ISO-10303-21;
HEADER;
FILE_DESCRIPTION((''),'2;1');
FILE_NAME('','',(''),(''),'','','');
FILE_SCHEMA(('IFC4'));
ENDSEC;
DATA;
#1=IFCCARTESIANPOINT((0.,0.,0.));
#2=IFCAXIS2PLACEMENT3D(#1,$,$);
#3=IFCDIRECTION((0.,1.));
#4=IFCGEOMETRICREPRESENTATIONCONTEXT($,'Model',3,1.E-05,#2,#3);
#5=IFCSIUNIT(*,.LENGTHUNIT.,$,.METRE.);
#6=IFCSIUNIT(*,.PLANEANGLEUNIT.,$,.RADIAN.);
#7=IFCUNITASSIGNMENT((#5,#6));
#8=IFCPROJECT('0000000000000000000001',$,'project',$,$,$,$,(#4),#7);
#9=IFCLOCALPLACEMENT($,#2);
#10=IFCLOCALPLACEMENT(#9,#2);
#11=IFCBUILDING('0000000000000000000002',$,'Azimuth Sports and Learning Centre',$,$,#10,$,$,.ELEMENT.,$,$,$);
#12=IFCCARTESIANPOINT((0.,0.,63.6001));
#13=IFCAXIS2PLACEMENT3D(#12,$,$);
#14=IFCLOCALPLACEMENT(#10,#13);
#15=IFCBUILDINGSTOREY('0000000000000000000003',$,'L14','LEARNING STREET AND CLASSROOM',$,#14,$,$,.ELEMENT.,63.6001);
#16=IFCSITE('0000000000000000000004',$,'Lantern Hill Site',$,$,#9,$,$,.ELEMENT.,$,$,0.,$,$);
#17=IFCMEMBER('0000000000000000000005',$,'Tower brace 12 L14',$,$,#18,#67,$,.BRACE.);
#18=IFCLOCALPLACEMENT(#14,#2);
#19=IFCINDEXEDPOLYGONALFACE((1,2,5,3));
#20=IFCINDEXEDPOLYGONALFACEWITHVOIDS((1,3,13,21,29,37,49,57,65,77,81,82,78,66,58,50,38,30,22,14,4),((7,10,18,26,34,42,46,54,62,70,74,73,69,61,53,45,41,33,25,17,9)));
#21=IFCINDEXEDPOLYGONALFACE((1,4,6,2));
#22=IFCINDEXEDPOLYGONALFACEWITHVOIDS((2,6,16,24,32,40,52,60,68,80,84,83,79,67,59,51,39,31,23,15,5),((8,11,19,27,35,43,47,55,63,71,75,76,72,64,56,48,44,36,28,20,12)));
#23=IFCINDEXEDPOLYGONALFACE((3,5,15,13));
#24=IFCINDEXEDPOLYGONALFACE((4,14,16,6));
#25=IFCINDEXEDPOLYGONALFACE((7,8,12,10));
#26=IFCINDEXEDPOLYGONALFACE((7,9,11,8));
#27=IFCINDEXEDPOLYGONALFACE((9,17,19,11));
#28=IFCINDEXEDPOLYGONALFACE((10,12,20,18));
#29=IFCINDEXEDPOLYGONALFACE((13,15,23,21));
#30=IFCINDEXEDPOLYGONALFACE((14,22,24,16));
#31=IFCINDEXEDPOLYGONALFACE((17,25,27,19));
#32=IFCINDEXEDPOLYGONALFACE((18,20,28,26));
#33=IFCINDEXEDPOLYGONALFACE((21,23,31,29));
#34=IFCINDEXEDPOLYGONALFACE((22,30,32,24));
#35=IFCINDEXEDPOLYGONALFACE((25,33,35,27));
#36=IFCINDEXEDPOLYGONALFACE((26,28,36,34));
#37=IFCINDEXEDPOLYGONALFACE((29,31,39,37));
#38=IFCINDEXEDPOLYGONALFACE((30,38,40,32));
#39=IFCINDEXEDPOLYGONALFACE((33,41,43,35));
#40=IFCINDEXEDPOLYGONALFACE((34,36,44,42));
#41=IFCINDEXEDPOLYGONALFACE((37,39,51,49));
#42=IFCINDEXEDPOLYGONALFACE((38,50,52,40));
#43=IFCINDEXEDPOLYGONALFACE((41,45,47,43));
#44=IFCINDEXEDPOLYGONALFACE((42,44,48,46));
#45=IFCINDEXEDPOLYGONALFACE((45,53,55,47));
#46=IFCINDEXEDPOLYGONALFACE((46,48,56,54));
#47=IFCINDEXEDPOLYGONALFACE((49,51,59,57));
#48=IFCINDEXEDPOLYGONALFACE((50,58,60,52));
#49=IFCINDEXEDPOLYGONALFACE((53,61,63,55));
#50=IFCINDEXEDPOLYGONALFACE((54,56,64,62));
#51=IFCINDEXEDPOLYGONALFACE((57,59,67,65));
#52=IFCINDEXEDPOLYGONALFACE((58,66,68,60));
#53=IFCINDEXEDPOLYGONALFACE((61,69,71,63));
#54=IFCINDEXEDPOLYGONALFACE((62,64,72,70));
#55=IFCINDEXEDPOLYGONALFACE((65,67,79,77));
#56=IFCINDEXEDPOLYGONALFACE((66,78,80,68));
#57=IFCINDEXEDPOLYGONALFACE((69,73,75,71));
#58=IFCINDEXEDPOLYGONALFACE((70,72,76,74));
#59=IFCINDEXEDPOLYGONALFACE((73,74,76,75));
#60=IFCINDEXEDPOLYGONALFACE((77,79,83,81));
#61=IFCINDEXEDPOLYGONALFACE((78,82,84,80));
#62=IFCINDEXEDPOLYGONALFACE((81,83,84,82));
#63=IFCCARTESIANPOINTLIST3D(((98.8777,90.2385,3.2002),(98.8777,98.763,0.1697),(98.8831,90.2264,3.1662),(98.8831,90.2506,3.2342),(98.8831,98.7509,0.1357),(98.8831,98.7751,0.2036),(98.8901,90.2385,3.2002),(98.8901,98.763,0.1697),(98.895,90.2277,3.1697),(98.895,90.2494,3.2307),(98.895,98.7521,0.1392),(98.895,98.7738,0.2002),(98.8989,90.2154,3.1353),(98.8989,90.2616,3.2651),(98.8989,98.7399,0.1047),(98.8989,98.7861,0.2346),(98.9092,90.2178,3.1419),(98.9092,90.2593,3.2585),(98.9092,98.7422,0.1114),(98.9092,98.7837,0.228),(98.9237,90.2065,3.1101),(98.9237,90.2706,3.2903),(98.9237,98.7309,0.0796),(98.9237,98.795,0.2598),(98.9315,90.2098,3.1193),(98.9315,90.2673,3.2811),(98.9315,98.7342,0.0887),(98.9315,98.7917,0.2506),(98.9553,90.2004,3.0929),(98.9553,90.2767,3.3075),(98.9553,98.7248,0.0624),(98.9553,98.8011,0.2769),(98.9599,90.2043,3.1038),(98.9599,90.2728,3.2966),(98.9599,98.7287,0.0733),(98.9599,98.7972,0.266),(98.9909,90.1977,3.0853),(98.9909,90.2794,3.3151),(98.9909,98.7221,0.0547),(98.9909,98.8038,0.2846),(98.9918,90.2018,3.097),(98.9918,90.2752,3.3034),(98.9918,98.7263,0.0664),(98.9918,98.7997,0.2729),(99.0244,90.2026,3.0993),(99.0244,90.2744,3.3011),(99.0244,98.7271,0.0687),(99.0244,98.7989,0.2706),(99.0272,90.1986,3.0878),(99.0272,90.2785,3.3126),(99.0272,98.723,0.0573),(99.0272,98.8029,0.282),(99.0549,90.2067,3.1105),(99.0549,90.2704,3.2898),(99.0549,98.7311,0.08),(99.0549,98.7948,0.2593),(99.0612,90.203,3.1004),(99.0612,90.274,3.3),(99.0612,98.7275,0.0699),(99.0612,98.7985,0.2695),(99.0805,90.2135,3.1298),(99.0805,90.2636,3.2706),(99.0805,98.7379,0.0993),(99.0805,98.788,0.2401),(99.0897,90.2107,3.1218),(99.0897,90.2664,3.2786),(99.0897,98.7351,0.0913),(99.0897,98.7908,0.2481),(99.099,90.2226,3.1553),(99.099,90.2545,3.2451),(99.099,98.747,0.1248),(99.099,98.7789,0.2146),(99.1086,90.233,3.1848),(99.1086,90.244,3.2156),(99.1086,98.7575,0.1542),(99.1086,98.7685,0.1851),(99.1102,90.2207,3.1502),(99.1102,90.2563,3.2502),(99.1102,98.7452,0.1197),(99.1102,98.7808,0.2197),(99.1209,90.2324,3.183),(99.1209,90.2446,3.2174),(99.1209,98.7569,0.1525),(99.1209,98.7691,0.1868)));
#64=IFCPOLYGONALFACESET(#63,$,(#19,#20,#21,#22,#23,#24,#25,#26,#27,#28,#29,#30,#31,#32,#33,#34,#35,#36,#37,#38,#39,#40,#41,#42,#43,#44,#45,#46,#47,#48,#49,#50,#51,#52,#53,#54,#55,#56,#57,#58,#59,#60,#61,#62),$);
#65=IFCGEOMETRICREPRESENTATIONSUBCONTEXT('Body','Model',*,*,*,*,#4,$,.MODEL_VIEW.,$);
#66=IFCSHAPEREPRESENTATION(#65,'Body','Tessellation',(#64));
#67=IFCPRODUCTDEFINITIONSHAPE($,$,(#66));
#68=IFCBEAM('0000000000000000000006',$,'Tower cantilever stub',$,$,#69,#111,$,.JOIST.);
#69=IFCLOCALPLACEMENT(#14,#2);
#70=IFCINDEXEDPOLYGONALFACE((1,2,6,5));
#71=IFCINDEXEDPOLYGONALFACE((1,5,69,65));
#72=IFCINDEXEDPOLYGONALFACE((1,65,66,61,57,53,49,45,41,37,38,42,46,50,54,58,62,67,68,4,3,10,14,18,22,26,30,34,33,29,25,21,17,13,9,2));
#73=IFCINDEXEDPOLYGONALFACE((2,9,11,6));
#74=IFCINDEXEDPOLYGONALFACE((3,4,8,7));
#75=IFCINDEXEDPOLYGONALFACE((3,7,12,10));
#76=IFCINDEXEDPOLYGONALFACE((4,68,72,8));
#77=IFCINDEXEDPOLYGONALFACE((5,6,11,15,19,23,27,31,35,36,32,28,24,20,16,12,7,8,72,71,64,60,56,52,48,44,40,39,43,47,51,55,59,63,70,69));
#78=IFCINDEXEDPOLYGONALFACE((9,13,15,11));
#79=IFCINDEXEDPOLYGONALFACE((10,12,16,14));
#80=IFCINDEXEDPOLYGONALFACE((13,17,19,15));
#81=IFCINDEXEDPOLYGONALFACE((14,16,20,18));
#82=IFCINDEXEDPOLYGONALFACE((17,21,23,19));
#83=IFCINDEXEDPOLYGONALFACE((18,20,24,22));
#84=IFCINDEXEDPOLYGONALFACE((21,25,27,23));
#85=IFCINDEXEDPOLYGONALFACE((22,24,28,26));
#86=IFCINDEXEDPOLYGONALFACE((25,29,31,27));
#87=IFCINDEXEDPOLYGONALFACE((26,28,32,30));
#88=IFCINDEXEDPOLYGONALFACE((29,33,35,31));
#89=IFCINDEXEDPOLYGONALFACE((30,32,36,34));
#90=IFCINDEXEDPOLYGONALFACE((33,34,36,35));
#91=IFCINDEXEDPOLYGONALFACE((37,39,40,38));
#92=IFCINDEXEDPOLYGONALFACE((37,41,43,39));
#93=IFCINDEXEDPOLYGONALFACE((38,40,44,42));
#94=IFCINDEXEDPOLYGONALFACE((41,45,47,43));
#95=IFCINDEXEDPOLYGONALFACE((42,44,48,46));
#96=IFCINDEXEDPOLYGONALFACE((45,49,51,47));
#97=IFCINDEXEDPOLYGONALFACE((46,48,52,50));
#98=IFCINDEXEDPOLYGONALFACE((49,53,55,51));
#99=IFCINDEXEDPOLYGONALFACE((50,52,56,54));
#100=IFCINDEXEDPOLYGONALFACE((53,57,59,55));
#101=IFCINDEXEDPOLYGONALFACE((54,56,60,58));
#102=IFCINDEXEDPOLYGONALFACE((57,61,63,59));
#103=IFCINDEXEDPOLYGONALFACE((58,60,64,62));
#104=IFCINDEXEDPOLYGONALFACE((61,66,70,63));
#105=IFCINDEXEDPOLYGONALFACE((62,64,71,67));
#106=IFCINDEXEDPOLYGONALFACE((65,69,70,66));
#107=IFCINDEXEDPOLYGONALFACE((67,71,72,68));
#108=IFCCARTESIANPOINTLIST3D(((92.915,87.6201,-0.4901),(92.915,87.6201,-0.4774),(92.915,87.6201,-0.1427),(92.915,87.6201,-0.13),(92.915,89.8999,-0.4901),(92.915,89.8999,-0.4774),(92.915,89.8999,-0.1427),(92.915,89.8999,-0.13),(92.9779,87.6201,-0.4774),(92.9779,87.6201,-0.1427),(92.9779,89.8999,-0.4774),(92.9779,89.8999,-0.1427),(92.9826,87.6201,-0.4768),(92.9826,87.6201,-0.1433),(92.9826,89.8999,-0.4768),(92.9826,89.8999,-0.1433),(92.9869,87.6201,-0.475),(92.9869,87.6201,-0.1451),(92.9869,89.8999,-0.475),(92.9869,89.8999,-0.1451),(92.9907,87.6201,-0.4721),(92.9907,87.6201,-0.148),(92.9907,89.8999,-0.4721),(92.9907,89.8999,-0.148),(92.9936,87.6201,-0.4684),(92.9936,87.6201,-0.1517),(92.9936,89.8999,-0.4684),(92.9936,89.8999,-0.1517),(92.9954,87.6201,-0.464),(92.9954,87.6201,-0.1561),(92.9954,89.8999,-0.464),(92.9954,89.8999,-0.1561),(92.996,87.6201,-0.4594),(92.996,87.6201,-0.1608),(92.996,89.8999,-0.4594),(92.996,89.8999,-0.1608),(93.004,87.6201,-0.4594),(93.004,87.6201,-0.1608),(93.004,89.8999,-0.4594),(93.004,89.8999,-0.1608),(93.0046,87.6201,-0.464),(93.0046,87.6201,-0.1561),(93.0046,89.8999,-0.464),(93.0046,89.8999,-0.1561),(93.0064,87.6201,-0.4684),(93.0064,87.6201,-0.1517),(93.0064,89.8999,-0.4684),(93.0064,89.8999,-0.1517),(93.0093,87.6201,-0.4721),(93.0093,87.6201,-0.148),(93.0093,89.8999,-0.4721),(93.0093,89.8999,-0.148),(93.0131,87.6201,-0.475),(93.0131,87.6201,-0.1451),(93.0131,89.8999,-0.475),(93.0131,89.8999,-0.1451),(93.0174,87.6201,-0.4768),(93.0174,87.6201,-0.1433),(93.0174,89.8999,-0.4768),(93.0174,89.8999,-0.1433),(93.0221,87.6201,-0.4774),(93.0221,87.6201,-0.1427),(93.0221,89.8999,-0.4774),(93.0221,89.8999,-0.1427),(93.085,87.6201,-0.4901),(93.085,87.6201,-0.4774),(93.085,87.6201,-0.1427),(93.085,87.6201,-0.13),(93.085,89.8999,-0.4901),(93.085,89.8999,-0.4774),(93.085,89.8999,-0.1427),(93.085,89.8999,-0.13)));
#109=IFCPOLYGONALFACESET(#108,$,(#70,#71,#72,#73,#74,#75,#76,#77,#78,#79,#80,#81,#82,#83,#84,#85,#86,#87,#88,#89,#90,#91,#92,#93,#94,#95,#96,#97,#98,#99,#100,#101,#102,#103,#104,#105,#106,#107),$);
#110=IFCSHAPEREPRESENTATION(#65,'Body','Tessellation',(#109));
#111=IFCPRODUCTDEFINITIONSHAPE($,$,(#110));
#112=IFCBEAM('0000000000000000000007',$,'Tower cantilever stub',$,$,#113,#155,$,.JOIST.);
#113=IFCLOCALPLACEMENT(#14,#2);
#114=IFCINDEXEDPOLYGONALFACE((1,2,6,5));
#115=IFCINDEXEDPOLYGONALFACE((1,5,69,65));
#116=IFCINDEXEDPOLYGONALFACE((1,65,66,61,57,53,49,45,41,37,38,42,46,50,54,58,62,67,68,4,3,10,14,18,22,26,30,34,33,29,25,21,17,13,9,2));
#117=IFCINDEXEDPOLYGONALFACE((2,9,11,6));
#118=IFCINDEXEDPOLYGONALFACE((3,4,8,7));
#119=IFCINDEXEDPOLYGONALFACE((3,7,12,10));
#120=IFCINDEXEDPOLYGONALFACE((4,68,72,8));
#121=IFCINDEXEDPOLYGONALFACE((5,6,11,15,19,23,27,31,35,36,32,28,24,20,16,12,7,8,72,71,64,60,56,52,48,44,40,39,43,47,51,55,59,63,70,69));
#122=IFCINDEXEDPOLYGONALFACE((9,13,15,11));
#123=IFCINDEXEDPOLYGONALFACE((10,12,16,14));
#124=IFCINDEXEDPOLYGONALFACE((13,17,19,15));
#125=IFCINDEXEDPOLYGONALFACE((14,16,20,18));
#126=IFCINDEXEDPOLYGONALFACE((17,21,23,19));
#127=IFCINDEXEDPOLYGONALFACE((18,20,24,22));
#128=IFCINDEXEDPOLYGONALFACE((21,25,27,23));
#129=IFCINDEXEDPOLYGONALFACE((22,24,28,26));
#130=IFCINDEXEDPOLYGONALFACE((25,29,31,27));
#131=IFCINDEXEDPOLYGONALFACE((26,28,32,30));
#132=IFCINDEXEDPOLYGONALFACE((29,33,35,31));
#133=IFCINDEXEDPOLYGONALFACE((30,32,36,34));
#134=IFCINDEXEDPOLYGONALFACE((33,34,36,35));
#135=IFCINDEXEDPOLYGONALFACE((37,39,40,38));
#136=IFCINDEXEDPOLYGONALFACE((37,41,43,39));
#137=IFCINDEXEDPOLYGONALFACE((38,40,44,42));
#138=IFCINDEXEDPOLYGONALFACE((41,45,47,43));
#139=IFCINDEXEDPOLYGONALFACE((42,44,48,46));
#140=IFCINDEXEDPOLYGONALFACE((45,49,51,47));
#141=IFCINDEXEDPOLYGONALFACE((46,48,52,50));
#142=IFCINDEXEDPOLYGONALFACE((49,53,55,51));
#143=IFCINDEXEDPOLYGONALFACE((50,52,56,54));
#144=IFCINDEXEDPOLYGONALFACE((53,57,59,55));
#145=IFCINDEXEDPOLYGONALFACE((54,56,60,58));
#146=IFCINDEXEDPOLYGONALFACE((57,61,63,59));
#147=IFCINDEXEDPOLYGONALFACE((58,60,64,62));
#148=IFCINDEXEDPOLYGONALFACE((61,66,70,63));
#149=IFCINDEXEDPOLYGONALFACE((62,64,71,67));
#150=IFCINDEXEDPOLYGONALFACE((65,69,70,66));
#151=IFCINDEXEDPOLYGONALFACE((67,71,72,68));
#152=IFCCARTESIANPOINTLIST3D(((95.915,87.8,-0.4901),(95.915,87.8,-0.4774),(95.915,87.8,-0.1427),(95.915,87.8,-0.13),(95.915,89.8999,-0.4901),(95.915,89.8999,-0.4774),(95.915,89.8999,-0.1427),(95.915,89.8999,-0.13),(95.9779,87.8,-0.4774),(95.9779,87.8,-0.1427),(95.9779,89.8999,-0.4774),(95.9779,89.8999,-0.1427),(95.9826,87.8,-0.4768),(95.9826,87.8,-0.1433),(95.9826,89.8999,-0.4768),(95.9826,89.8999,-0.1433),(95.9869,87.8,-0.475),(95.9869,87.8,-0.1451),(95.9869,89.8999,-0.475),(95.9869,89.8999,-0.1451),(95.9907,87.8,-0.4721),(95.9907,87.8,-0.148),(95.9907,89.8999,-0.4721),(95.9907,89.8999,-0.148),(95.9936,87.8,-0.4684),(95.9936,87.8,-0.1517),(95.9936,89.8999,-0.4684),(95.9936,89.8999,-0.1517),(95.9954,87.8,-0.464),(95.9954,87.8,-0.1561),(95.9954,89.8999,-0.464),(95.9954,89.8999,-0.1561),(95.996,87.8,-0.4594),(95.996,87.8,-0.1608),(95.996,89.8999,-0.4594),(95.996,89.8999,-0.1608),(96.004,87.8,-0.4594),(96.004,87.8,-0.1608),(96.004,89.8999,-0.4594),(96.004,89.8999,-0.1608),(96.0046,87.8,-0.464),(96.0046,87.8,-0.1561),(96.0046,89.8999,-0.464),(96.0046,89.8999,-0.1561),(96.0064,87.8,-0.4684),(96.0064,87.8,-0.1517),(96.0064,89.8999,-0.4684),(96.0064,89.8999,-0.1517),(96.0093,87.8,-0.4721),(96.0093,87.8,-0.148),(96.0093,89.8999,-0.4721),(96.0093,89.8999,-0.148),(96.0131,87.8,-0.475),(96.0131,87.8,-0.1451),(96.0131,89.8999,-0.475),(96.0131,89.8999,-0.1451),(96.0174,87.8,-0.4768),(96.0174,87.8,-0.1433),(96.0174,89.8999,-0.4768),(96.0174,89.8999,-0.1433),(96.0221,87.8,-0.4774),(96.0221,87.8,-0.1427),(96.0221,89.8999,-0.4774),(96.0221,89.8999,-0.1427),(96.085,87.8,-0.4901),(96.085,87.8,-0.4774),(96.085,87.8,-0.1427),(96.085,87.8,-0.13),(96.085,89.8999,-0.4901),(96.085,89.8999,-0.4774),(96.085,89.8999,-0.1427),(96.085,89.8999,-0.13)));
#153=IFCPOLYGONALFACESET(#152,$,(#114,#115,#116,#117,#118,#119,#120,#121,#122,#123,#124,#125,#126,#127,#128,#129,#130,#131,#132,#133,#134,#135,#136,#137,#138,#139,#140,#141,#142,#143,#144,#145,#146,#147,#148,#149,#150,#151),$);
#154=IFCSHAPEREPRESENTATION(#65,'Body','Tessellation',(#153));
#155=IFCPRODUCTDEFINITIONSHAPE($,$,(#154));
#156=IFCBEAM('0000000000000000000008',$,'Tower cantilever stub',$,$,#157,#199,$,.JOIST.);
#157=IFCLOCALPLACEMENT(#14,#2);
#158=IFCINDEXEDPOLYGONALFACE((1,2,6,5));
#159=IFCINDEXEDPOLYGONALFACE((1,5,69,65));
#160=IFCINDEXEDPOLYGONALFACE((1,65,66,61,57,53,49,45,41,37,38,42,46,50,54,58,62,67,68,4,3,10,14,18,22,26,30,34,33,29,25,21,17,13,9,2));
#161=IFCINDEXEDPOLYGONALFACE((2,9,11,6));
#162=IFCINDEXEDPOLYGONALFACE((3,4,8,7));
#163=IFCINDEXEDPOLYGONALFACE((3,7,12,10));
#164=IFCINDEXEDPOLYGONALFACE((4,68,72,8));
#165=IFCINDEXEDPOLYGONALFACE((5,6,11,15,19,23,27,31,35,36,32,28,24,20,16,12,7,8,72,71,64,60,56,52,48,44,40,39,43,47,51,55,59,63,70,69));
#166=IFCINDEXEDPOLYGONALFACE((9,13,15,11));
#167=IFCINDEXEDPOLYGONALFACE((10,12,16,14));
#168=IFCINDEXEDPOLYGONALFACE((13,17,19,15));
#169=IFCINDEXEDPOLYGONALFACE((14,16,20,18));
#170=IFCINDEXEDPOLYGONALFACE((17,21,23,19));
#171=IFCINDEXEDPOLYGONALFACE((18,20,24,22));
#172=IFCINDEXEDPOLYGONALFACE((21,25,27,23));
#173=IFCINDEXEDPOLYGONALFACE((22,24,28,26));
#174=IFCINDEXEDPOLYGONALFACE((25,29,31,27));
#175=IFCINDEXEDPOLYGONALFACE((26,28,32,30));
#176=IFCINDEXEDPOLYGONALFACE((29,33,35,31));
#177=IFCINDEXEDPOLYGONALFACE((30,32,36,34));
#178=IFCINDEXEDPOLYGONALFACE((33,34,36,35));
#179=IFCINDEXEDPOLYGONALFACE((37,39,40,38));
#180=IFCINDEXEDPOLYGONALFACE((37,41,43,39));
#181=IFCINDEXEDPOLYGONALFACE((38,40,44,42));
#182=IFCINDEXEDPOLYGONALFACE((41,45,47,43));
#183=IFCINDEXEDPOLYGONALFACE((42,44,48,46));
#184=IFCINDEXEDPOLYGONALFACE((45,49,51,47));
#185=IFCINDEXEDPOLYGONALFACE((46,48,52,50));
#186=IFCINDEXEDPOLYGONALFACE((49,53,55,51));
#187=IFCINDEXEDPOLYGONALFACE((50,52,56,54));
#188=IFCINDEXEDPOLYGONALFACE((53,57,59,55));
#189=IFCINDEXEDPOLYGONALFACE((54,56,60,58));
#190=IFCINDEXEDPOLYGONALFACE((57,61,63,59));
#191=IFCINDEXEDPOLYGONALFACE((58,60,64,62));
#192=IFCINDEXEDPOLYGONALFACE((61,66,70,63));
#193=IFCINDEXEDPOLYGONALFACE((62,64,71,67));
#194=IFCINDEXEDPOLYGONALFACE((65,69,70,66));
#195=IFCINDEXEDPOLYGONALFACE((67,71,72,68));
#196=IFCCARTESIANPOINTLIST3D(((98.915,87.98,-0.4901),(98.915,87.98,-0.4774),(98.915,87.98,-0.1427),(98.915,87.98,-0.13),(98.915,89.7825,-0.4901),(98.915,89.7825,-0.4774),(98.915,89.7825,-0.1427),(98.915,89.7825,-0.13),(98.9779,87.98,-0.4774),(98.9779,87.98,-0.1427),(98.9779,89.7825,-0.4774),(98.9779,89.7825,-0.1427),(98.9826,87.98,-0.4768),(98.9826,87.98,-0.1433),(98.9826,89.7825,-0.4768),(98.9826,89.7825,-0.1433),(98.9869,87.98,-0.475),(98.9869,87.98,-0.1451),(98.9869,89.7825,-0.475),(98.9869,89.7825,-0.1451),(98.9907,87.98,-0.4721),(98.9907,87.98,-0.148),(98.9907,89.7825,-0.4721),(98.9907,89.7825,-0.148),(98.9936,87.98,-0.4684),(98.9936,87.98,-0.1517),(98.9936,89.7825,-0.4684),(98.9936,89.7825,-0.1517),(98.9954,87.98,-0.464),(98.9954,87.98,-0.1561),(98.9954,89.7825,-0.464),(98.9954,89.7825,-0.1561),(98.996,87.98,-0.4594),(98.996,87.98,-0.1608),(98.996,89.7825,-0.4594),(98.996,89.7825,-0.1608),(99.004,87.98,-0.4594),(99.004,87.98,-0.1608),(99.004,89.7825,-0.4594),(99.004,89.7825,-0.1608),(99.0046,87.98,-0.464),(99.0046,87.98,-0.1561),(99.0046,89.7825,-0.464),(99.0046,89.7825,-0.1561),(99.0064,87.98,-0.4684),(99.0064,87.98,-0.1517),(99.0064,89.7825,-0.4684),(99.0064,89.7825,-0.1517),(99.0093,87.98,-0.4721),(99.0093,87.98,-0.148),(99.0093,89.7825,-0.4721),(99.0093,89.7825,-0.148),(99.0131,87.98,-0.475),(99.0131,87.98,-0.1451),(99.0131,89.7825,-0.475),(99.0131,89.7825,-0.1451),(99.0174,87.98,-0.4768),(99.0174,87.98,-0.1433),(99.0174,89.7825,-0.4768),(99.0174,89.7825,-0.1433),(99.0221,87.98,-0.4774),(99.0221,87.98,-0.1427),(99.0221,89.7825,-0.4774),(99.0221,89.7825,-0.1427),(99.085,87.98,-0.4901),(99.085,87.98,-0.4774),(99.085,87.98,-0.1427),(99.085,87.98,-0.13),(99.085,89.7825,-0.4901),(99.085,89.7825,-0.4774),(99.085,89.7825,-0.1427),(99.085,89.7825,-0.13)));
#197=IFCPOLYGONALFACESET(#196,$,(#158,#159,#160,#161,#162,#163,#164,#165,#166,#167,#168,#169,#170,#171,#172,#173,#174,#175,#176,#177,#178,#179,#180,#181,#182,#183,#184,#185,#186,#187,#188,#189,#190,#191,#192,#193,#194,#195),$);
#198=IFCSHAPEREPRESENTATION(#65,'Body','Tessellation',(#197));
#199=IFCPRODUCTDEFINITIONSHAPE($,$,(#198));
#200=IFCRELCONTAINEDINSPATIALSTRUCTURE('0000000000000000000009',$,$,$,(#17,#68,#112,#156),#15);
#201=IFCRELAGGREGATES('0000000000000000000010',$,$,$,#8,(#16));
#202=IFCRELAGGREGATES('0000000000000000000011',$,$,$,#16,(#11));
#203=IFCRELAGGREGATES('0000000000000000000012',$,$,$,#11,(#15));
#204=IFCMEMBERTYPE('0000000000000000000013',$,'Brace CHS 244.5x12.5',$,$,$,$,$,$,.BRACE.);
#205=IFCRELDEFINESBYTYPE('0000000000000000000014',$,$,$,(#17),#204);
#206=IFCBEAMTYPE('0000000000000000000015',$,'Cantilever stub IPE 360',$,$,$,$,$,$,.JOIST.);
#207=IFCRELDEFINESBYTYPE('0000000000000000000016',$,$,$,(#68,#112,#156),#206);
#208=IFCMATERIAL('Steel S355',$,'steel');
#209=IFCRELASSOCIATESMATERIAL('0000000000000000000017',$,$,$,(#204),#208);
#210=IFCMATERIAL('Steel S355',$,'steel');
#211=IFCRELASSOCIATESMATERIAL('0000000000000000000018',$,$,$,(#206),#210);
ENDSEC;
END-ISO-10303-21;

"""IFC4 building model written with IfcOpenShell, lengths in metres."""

from ifc_helpers import new_model, si_unit, direction, frame, origin, origin_2d, place, context, subcontext, project, spatial, hollow_circle, i_section, extrude, material, material_profile, profile_set, type_object, element, save


model = new_model("IFC4")

# Units and contexts
model_context = context("Model", 3, precision=1e-05, world=origin(), true_north=direction((0.0, 1.0)))
body_context = subcontext(model_context, "Body", "Model", "MODEL_VIEW")
ifc_project = project(units=[si_unit("LENGTHUNIT", "METRE"), si_unit("PLANEANGLEUNIT", "RADIAN")], contexts=[model_context])

# Site, building, storey
site_placement = place(None, origin())
site = spatial("IfcSite", under=ifc_project, at=site_placement, Name="Lantern Hill Site", CompositionType="ELEMENT", RefElevation=0.0)
building_placement = place(site_placement, origin())
building = spatial("IfcBuilding", under=site, at=building_placement, Name="Azimuth Sports and Learning Centre", CompositionType="ELEMENT")
storey_placement = place(building_placement, frame((0.0, 0.0, 63.6001)))
storey = spatial("IfcBuildingStorey", under=building, at=storey_placement, Name="L14", Description="LEARNING STREET AND CLASSROOM", CompositionType="ELEMENT", Elevation=63.6001)

# Member
ifc_material_1 = material(Name="Steel S355", Category="steel")
ifc_material_profile_1 = material_profile(ifc_material_1, hollow_circle(Radius=0.1223, WallThickness=0.0125, at=origin_2d()), Name="CHS 244.5x12.5")
ifc_profile_set_1 = profile_set([ifc_material_profile_1], Name="Steel S355")
member_type_1 = type_object("IfcMemberType", Name="Brace CHS 244.5x12.5", PredefinedType="BRACE", material=ifc_profile_set_1)
member_1_placement = place(storey_placement, frame((99.0, 90.2385, 3.2002), z_axis=(0.0, 0.942228, -0.334972), x_axis=(-1.0, 0.0, 0.0)))
element("IfcMember", 1, at=member_1_placement, inside=storey, type_object=member_type_1, Name="Tower brace 12 L14", PredefinedType="BRACE", context=body_context, shape_type="SweptSolid", body=[
    extrude(hollow_circle(Radius=0.1223, WallThickness=0.0125, at=origin_2d()), origin(), (0.0, 0.0, 1.0), 9.0471),
])

# Beams
ifc_material_2 = material(Name="Steel S355", Category="steel")
ifc_material_profile_2 = material_profile(ifc_material_2, i_section(OverallWidth=0.1699, OverallDepth=0.3601, WebThickness=0.0081, FlangeThickness=0.0127, FilletRadius=0.0181, at=origin_2d()), Name="IPE 360")
ifc_profile_set_2 = profile_set([ifc_material_profile_2], Name="Steel S355")
beam_type_1 = type_object("IfcBeamType", Name="Cantilever stub IPE 360", PredefinedType="JOIST", material=ifc_profile_set_2)
beam_1_placement = place(storey_placement, frame((93.0, 89.8999, -0.3101), z_axis=(0.0, -1.0, 0.0), x_axis=(1.0, 0.0, 0.0)))
element("IfcBeam", 2, at=beam_1_placement, inside=storey, type_object=beam_type_1, Name="Tower cantilever stub", PredefinedType="JOIST", context=body_context, shape_type="SweptSolid", body=[
    extrude(i_section(OverallWidth=0.1699, OverallDepth=0.3601, WebThickness=0.0081, FlangeThickness=0.0127, FilletRadius=0.0181, at=origin_2d()), origin(), (0.0, 0.0, 1.0), 2.2798),
])
beam_2_placement = place(storey_placement, frame((96.0, 89.8999, -0.3101), z_axis=(0.0, -1.0, 0.0), x_axis=(1.0, 0.0, 0.0)))
element("IfcBeam", 3, at=beam_2_placement, inside=storey, type_object=beam_type_1, Name="Tower cantilever stub", PredefinedType="JOIST", context=body_context, shape_type="SweptSolid", body=[
    extrude(i_section(OverallWidth=0.1699, OverallDepth=0.3601, WebThickness=0.0081, FlangeThickness=0.0127, FilletRadius=0.0181, at=origin_2d()), origin(), (0.0, 0.0, 1.0), 2.0999),
])
beam_3_placement = place(storey_placement, frame((99.0, 89.7825, -0.3101), z_axis=(0.0, -1.0, 0.0), x_axis=(1.0, 0.0, 0.0)))
element("IfcBeam", 4, at=beam_3_placement, inside=storey, type_object=beam_type_1, Name="Tower cantilever stub", PredefinedType="JOIST", context=body_context, shape_type="SweptSolid", body=[
    extrude(i_section(OverallWidth=0.1699, OverallDepth=0.3601, WebThickness=0.0081, FlangeThickness=0.0127, FilletRadius=0.0181, at=origin_2d()), origin(), (0.0, 0.0, 1.0), 1.8025),
])

save(model, "model.ifc")
